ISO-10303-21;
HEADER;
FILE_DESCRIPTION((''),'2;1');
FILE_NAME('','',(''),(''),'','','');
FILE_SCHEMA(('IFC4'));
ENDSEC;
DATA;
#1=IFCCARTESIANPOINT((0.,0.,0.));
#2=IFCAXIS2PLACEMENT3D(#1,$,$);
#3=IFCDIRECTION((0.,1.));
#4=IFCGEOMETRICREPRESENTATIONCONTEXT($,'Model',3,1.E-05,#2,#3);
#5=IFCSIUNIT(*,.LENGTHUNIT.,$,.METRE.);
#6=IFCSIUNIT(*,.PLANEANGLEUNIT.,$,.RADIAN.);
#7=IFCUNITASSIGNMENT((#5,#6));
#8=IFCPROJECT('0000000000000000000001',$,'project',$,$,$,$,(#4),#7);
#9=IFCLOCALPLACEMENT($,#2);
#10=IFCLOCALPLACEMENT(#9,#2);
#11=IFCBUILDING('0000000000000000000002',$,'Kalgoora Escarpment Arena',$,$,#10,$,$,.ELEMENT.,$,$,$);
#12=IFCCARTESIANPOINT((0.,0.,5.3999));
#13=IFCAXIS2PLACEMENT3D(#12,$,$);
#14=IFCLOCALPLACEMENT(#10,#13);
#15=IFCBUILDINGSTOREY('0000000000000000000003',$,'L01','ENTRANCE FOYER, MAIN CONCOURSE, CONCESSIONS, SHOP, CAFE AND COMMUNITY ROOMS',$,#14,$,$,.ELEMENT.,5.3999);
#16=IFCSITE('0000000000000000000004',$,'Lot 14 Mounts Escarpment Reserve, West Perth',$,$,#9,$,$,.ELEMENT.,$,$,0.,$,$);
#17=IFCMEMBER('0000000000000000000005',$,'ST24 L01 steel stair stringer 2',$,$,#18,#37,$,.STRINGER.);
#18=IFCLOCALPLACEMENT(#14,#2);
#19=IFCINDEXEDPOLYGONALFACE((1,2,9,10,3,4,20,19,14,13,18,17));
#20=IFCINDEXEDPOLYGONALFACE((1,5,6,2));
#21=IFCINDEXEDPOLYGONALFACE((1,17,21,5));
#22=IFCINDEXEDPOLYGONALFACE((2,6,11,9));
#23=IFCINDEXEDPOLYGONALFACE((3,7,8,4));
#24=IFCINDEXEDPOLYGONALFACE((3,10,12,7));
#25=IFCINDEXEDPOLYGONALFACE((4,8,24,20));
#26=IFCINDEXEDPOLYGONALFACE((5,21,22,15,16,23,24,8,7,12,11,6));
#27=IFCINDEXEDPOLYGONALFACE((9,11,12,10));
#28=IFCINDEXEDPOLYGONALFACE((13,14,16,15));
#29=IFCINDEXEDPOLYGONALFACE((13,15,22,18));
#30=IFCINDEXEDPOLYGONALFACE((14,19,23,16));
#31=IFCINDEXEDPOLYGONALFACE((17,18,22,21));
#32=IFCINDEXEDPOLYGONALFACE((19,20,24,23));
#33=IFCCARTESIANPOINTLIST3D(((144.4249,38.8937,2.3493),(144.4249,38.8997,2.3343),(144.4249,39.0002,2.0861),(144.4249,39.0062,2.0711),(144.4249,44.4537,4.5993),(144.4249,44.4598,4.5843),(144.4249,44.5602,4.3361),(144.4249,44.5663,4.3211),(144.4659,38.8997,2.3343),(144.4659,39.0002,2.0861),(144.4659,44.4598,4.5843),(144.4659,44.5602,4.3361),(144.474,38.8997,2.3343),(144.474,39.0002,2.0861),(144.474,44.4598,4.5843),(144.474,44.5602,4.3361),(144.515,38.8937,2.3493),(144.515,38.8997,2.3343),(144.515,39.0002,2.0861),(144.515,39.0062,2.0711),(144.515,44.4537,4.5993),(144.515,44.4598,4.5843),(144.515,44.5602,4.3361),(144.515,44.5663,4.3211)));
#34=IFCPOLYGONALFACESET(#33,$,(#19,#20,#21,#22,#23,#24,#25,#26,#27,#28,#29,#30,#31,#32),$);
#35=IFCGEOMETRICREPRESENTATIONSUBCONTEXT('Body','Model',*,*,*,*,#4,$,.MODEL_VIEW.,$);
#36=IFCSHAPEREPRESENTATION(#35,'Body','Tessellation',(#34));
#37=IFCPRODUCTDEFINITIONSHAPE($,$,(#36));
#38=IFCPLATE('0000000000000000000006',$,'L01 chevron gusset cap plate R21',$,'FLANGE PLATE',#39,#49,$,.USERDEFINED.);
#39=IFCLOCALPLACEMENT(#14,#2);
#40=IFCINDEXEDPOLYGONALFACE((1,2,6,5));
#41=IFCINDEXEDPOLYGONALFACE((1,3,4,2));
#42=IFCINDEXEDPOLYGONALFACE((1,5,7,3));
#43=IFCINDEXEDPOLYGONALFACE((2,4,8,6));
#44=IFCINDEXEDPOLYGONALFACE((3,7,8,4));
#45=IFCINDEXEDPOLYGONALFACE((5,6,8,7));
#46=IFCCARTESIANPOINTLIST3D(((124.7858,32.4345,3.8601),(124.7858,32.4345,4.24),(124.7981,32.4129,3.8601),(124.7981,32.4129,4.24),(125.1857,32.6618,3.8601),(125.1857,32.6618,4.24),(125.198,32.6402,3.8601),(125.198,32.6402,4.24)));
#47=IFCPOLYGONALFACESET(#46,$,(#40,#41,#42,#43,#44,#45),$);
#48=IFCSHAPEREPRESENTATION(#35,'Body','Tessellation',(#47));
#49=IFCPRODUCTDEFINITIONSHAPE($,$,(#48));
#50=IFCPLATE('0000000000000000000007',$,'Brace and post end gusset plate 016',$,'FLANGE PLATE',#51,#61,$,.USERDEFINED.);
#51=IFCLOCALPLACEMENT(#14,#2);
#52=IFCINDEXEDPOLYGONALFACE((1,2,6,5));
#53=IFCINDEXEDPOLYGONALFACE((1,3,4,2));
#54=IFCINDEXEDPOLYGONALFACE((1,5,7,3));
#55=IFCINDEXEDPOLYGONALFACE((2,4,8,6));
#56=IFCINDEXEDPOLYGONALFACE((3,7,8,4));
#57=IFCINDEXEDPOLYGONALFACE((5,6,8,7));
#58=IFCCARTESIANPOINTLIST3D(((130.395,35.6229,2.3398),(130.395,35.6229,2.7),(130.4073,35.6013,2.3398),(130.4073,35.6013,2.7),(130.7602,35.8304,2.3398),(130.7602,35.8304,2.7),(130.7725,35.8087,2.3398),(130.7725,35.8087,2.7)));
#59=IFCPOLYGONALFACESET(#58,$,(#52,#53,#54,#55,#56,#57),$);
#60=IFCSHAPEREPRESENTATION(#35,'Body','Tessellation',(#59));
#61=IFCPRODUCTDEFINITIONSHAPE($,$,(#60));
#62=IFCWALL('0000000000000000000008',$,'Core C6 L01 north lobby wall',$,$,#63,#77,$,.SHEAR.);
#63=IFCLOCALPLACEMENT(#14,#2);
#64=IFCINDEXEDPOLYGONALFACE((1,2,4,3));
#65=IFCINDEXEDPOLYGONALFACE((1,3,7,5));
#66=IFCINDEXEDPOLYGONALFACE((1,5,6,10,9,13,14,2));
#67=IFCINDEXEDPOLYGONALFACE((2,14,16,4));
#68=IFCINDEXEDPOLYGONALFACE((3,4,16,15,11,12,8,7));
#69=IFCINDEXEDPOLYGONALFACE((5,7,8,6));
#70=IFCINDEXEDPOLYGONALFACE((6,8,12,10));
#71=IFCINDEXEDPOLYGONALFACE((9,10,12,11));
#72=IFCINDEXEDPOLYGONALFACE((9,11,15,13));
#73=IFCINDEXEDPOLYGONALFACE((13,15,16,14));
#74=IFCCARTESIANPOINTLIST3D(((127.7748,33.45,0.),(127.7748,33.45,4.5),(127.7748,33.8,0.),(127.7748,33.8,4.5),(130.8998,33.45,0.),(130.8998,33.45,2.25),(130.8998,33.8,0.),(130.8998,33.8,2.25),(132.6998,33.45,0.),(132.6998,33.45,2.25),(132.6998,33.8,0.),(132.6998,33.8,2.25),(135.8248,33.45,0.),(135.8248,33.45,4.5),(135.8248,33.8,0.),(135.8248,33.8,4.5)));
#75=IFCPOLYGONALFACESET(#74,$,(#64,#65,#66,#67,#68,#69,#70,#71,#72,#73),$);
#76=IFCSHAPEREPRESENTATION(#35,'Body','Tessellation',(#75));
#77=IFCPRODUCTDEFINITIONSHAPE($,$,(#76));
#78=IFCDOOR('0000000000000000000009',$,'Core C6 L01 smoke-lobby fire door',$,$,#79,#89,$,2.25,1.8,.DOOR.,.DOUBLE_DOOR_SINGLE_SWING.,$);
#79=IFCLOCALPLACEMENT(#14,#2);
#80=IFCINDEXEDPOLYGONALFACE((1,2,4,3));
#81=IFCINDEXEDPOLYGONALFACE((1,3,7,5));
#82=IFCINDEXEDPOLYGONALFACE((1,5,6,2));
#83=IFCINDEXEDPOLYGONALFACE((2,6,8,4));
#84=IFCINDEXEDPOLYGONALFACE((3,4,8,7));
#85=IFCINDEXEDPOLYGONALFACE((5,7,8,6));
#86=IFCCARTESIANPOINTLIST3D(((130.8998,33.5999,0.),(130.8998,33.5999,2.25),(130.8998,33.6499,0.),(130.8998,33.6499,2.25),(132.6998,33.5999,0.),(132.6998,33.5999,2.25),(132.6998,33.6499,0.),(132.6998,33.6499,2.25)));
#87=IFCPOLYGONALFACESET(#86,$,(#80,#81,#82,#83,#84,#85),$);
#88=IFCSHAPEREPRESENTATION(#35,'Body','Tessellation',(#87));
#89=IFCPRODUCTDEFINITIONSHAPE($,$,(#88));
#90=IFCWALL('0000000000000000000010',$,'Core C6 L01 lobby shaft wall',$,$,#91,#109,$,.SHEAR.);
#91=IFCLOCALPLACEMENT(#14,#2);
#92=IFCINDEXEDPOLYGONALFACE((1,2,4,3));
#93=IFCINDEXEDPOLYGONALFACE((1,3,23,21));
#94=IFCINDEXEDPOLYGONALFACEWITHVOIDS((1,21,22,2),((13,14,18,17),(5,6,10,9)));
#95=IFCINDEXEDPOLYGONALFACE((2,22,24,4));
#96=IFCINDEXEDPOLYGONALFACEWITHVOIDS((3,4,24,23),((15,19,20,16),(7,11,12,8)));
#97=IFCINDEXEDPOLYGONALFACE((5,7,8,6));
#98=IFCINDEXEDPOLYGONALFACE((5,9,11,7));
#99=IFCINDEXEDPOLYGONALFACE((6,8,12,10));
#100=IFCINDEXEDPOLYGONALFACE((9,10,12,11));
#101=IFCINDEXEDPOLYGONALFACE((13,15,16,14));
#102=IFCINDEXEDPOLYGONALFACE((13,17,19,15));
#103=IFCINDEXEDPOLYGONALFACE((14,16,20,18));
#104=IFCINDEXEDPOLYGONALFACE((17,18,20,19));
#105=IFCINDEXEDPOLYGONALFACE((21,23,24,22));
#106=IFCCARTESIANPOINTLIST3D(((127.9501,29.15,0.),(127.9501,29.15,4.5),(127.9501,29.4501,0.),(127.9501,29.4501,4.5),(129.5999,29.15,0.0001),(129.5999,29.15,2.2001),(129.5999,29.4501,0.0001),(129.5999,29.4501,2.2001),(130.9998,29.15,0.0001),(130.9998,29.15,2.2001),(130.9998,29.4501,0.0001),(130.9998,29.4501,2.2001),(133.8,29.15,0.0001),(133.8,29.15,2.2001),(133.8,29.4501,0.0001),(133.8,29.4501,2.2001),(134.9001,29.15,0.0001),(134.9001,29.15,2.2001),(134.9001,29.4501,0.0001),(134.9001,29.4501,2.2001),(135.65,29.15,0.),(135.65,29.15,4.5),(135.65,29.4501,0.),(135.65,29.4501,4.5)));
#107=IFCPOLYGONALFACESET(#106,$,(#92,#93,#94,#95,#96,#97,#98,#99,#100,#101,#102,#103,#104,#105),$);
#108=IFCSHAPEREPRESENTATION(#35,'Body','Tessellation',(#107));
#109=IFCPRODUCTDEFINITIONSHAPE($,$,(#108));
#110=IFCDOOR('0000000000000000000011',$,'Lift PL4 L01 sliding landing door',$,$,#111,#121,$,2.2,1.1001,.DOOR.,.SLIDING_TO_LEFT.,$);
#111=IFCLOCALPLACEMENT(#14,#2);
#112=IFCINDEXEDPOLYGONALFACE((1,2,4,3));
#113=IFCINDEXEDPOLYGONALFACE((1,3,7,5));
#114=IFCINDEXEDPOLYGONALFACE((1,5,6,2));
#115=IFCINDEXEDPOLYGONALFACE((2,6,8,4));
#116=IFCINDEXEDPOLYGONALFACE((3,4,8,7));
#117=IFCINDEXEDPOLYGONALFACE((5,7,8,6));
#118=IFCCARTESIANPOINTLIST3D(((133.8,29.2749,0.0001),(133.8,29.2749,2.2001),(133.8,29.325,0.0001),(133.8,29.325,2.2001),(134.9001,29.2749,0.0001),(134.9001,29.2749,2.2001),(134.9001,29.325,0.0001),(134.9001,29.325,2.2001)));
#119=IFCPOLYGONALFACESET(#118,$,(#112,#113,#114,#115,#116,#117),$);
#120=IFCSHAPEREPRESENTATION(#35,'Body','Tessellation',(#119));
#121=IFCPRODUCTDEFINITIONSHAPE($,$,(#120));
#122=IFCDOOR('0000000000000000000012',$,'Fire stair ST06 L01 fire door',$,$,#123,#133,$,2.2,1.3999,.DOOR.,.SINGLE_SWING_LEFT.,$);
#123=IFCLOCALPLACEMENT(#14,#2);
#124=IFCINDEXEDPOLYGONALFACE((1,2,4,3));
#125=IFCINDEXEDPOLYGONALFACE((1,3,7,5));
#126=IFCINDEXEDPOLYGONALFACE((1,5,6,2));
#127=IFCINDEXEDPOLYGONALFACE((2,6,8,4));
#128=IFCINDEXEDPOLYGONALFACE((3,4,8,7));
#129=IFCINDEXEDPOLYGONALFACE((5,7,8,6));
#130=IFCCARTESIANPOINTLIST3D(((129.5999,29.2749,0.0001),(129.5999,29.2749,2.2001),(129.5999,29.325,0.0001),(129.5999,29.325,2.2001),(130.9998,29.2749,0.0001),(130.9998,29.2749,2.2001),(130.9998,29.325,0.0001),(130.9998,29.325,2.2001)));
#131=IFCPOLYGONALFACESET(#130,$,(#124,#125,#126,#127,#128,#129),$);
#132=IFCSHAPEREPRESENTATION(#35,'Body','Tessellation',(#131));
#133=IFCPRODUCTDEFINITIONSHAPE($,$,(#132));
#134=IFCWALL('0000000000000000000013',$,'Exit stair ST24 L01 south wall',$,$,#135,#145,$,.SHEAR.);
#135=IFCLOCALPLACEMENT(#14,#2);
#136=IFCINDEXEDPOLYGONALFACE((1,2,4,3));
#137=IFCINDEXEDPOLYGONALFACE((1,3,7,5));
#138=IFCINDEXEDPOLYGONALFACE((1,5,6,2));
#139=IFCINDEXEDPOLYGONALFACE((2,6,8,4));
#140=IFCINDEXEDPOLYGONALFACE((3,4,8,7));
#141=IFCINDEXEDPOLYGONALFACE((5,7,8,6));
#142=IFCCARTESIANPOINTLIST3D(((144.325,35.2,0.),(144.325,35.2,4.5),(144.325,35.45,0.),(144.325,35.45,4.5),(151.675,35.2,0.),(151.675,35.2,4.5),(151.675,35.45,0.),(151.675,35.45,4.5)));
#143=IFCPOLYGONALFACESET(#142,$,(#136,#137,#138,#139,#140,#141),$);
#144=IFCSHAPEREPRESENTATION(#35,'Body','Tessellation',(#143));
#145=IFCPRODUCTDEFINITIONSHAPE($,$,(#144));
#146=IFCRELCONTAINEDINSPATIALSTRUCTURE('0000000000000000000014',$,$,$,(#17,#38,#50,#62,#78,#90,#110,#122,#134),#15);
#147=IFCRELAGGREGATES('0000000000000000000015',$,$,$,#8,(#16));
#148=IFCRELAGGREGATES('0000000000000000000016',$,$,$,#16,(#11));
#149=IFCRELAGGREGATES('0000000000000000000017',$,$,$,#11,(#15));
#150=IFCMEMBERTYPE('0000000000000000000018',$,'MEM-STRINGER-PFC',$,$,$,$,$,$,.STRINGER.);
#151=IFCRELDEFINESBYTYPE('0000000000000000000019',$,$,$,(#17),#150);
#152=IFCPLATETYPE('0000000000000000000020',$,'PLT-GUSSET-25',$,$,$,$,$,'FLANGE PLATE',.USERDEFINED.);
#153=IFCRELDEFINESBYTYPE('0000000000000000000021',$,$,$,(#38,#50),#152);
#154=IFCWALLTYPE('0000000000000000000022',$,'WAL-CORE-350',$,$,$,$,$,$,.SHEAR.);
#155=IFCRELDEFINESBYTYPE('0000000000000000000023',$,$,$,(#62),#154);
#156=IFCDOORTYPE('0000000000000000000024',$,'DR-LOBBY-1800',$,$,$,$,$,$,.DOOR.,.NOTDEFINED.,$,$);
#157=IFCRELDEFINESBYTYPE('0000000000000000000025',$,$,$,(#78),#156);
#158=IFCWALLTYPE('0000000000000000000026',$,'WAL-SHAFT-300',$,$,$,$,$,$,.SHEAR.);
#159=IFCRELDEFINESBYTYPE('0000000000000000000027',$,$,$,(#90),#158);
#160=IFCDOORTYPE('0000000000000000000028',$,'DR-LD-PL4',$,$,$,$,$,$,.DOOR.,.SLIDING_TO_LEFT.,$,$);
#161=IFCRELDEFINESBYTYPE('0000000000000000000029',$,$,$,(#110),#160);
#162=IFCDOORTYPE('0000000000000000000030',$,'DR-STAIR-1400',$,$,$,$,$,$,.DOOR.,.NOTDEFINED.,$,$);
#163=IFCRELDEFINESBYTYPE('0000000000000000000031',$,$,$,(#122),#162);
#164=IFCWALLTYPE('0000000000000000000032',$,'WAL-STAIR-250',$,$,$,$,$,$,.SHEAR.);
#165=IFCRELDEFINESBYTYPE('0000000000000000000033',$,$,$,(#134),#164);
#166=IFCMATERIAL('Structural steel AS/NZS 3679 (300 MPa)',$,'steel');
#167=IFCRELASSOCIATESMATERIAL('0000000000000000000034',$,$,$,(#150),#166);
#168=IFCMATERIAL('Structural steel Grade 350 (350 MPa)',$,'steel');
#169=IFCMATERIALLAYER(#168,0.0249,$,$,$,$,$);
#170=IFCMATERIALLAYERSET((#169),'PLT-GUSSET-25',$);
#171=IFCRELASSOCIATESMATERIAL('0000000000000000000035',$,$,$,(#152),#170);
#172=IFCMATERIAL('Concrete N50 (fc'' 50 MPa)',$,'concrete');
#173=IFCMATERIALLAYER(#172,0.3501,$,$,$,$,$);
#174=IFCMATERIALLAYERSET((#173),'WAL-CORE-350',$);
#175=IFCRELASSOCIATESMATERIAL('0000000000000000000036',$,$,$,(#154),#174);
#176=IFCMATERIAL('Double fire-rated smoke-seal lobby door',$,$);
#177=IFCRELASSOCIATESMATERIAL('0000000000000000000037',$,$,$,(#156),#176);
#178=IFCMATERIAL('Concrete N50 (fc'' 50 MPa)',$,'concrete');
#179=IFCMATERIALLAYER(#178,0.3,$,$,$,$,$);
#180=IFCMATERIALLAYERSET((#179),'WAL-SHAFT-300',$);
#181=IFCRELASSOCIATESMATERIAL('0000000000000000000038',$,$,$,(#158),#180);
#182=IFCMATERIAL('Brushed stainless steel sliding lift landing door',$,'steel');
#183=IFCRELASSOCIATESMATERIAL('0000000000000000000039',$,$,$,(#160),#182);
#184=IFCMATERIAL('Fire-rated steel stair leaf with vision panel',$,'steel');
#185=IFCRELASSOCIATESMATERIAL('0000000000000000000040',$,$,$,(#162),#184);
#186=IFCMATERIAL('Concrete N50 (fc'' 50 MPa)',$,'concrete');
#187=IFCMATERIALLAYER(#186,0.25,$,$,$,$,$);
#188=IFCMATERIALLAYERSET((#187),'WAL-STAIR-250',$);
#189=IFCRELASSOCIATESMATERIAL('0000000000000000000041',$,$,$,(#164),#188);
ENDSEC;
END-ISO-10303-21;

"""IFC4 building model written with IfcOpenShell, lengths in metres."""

from ifc_helpers import new_model, si_unit, direction, frame, frame_2d, origin, origin_2d, place, context, subcontext, project, spatial, rectangle, i_section, extrude, material, layer, layer_set, material_profile, profile_set, type_object, element, fill, save


model = new_model("IFC4")

# Units and contexts
model_context = context("Model", 3, precision=1e-05, world=origin(), true_north=direction((0.0, 1.0)))
body_context = subcontext(model_context, "Body", "Model", "MODEL_VIEW")
ifc_project = project(units=[si_unit("LENGTHUNIT", "METRE"), si_unit("PLANEANGLEUNIT", "RADIAN")], contexts=[model_context])

# Site, building, storey
site_placement = place(None, origin())
site = spatial("IfcSite", under=ifc_project, at=site_placement, Name="Lot 14 Mounts Escarpment Reserve, West Perth", CompositionType="ELEMENT", RefElevation=0.0)
building_placement = place(site_placement, origin())
building = spatial("IfcBuilding", under=site, at=building_placement, Name="Kalgoora Escarpment Arena", CompositionType="ELEMENT")
storey_placement = place(building_placement, frame((0.0, 0.0, 5.3999)))
storey = spatial("IfcBuildingStorey", under=building, at=storey_placement, Name="L01", Description="ENTRANCE FOYER, MAIN CONCOURSE, CONCESSIONS, SHOP, CAFE AND COMMUNITY ROOMS", CompositionType="ELEMENT", Elevation=5.3999)

# Member
ifc_material_1 = material(Name="Structural steel AS/NZS 3679 (300 MPa)", Category="steel")
ifc_material_profile_1 = material_profile(ifc_material_1, i_section(OverallWidth=0.0901, OverallDepth=0.3, WebThickness=0.0081, FlangeThickness=0.0161, at=origin_2d()))
ifc_profile_set_1 = profile_set([ifc_material_profile_1], Name="Structural steel AS/NZS 3679 (300 MPa)")
member_type_1 = type_object("IfcMemberType", Name="MEM-STRINGER-PFC", PredefinedType="STRINGER", material=ifc_profile_set_1)
member_1_placement = place(storey_placement, frame((144.47, 38.95, 2.2102), z_axis=(0.0, 0.926976, 0.375121), x_axis=(-1.0, 0.0, 0.0)))
element("IfcMember", 1, at=member_1_placement, inside=storey, type_object=member_type_1, Name="ST24 L01 steel stair stringer 2", PredefinedType="STRINGER", context=body_context, shape_type="SweptSolid", body=[
    extrude(i_section(OverallWidth=0.0901, OverallDepth=0.3, WebThickness=0.0081, FlangeThickness=0.0161, at=origin_2d()), origin(), (0.0, 0.0, 1.0), 5.998),
])

# Plates
ifc_material_2 = material(Name="Structural steel Grade 350 (350 MPa)", Category="steel")
ifc_layer_1 = layer(ifc_material_2, 0.0249)
ifc_layer_set_1 = layer_set([ifc_layer_1], Name="PLT-GUSSET-25")
plate_type = type_object("IfcPlateType", Name="PLT-GUSSET-25", ElementType="FLANGE PLATE", PredefinedType="USERDEFINED", material=ifc_layer_set_1)
plate_1_placement = place(storey_placement, frame((124.9919, 32.5374, 3.8601), z_axis=(0.0, 0.0, 1.0), x_axis=(0.869409, 0.494094, 0.0)))
element("IfcPlate", 2, at=plate_1_placement, inside=storey, type_object=plate_type, Name="L01 chevron gusset cap plate R21", ObjectType="FLANGE PLATE", PredefinedType="USERDEFINED", context=body_context, shape_type="SweptSolid", body=[
    extrude(rectangle(XDim=0.46, YDim=0.0249, at=origin_2d()), origin(), (0.0, 0.0, 1.0), 0.3799),
])
plate_2_placement = place(storey_placement, frame((130.5837, 35.7158, 2.3398), z_axis=(0.0, 0.0, 1.0), x_axis=(-0.869495, -0.493942, 0.0)))
element("IfcPlate", 3, at=plate_2_placement, inside=storey, type_object=plate_type, Name="Brace and post end gusset plate 016", ObjectType="FLANGE PLATE", PredefinedType="USERDEFINED", context=body_context, shape_type="SweptSolid", body=[
    extrude(rectangle(XDim=0.4199, YDim=0.0249, at=origin_2d()), origin(), (0.0, 0.0, 1.0), 0.3601),
])

# Wall, opening, door
ifc_material_3 = material(Name="Concrete N50 (fc' 50 MPa)", Category="concrete")
ifc_layer_2 = layer(ifc_material_3, 0.3501)
ifc_layer_set_2 = layer_set([ifc_layer_2], Name="WAL-CORE-350")
wall_type_1 = type_object("IfcWallType", Name="WAL-CORE-350", PredefinedType="SHEAR", material=ifc_layer_set_2)
wall_1_placement = place(storey_placement, frame((127.7749, 33.625, 0.0), z_axis=(0.0, 0.0, 1.0), x_axis=(1.0, 0.0, 0.0)))
wall_1 = element("IfcWall", 4, at=wall_1_placement, inside=storey, type_object=wall_type_1, Name="Core C6 L01 north lobby wall", PredefinedType="SHEAR", context=body_context, shape_type="SweptSolid", body=[
    extrude(rectangle(XDim=8.05, YDim=0.3501, at=frame_2d((4.0249, 0.0))), origin(), (0.0, 0.0, 1.0), 4.5),
])
opening_1_placement = place(wall_1_placement, frame((3.125, 0.0, 0.0)))
opening_1 = element("IfcOpeningElement", 5, at=opening_1_placement, cuts=wall_1, PredefinedType="OPENING", context=body_context, shape_type="SweptSolid", body=[
    extrude(rectangle(XDim=1.8, YDim=2.25, at=frame_2d((0.8999, 1.125))), frame((0.0, 0.1851, 0.0), z_axis=(0.0, -1.0, 0.0), x_axis=(1.0, 0.0, 0.0)), (0.0, 0.0, 1.0), 0.3701),
])
ifc_material_4 = material(Name="Double fire-rated smoke-seal lobby door")
door_type_1 = type_object("IfcDoorType", Name="DR-LOBBY-1800", OperationType="NOTDEFINED", PredefinedType="DOOR", material=ifc_material_4)
door_1_placement = place(opening_1_placement, origin())
door_1 = element("IfcDoor", 6, at=door_1_placement, inside=storey, type_object=door_type_1, Name="Core C6 L01 smoke-lobby fire door", OperationType="DOUBLE_DOOR_SINGLE_SWING", OverallHeight=2.25, OverallWidth=1.8, PredefinedType="DOOR", context=body_context, shape_type="SweptSolid", body=[
    extrude(rectangle(XDim=1.8, YDim=2.25, at=frame_2d((0.8999, 1.125))), frame((0.0, 0.0249, 0.0), z_axis=(0.0, -1.0, 0.0), x_axis=(1.0, 0.0, 0.0)), (0.0, 0.0, 1.0), 0.05),
])
fill(opening_1, door_1)

# Wall, openings, doors
ifc_material_5 = material(Name="Concrete N50 (fc' 50 MPa)", Category="concrete")
ifc_layer_3 = layer(ifc_material_5, 0.3)
ifc_layer_set_3 = layer_set([ifc_layer_3], Name="WAL-SHAFT-300")
wall_type_2 = type_object("IfcWallType", Name="WAL-SHAFT-300", PredefinedType="SHEAR", material=ifc_layer_set_3)
wall_2_placement = place(storey_placement, frame((127.95, 29.3, 0.0), z_axis=(0.0, 0.0, 1.0), x_axis=(1.0, 0.0, 0.0)))
wall_2 = element("IfcWall", 7, at=wall_2_placement, inside=storey, type_object=wall_type_2, Name="Core C6 L01 lobby shaft wall", PredefinedType="SHEAR", context=body_context, shape_type="SweptSolid", body=[
    extrude(rectangle(XDim=7.7, YDim=0.3, at=frame_2d((3.8501, 0.0))), origin(), (0.0, 0.0, 1.0), 4.5),
])
opening_2_placement = place(wall_2_placement, frame((1.6499, 0.0, 0.0)))
opening_2 = element("IfcOpeningElement", 8, at=opening_2_placement, cuts=wall_2, PredefinedType="OPENING", context=body_context, shape_type="SweptSolid", body=[
    extrude(rectangle(XDim=1.3999, YDim=2.2, at=frame_2d((0.7, 1.1001))), frame((0.0, 0.1599, 0.0), z_axis=(0.0, -1.0, 0.0), x_axis=(1.0, 0.0, 0.0)), (0.0, 0.0, 1.0), 0.3201),
])
opening_3_placement = place(wall_2_placement, frame((5.8501, 0.0, 0.0)))
opening_3 = element("IfcOpeningElement", 9, at=opening_3_placement, cuts=wall_2, PredefinedType="OPENING", context=body_context, shape_type="SweptSolid", body=[
    extrude(rectangle(XDim=1.1001, YDim=2.2, at=frame_2d((0.55, 1.1001))), frame((0.0, 0.1599, 0.0), z_axis=(0.0, -1.0, 0.0), x_axis=(1.0, 0.0, 0.0)), (0.0, 0.0, 1.0), 0.3201),
])
ifc_material_6 = material(Name="Brushed stainless steel sliding lift landing door", Category="steel")
door_type_2 = type_object("IfcDoorType", Name="DR-LD-PL4", OperationType="SLIDING_TO_LEFT", PredefinedType="DOOR", material=ifc_material_6)
door_2_placement = place(opening_3_placement, origin())
door_2 = element("IfcDoor", 10, at=door_2_placement, inside=storey, type_object=door_type_2, Name="Lift PL4 L01 sliding landing door", OperationType="SLIDING_TO_LEFT", OverallHeight=2.2, OverallWidth=1.1001, PredefinedType="DOOR", context=body_context, shape_type="SweptSolid", body=[
    extrude(rectangle(XDim=1.1001, YDim=2.2, at=frame_2d((0.55, 1.1001))), frame((0.0, 0.0249, 0.0), z_axis=(0.0, -1.0, 0.0), x_axis=(1.0, 0.0, 0.0)), (0.0, 0.0, 1.0), 0.05),
])
fill(opening_3, door_2)
ifc_material_7 = material(Name="Fire-rated steel stair leaf with vision panel", Category="steel")
door_type_3 = type_object("IfcDoorType", Name="DR-STAIR-1400", OperationType="NOTDEFINED", PredefinedType="DOOR", material=ifc_material_7)
door_3_placement = place(opening_2_placement, origin())
door_3 = element("IfcDoor", 11, at=door_3_placement, inside=storey, type_object=door_type_3, Name="Fire stair ST06 L01 fire door", OperationType="SINGLE_SWING_LEFT", OverallHeight=2.2, OverallWidth=1.3999, PredefinedType="DOOR", context=body_context, shape_type="SweptSolid", body=[
    extrude(rectangle(XDim=1.3999, YDim=2.2, at=frame_2d((0.7, 1.1001))), frame((0.0, 0.0249, 0.0), z_axis=(0.0, -1.0, 0.0), x_axis=(1.0, 0.0, 0.0)), (0.0, 0.0, 1.0), 0.05),
])
fill(opening_2, door_3)

# Wall
ifc_material_8 = material(Name="Concrete N50 (fc' 50 MPa)", Category="concrete")
ifc_layer_4 = layer(ifc_material_8, 0.25)
ifc_layer_set_4 = layer_set([ifc_layer_4], Name="WAL-STAIR-250")
wall_type_3 = type_object("IfcWallType", Name="WAL-STAIR-250", PredefinedType="SHEAR", material=ifc_layer_set_4)
wall_3_placement = place(storey_placement, frame((144.325, 35.325, 0.0), z_axis=(0.0, 0.0, 1.0), x_axis=(1.0, 0.0, 0.0)))
element("IfcWall", 12, at=wall_3_placement, inside=storey, type_object=wall_type_3, Name="Exit stair ST24 L01 south wall", PredefinedType="SHEAR", context=body_context, shape_type="SweptSolid", body=[
    extrude(rectangle(XDim=7.3501, YDim=0.25, at=frame_2d((3.675, 0.0))), origin(), (0.0, 0.0, 1.0), 4.5),
])

save(model, "model.ifc")
